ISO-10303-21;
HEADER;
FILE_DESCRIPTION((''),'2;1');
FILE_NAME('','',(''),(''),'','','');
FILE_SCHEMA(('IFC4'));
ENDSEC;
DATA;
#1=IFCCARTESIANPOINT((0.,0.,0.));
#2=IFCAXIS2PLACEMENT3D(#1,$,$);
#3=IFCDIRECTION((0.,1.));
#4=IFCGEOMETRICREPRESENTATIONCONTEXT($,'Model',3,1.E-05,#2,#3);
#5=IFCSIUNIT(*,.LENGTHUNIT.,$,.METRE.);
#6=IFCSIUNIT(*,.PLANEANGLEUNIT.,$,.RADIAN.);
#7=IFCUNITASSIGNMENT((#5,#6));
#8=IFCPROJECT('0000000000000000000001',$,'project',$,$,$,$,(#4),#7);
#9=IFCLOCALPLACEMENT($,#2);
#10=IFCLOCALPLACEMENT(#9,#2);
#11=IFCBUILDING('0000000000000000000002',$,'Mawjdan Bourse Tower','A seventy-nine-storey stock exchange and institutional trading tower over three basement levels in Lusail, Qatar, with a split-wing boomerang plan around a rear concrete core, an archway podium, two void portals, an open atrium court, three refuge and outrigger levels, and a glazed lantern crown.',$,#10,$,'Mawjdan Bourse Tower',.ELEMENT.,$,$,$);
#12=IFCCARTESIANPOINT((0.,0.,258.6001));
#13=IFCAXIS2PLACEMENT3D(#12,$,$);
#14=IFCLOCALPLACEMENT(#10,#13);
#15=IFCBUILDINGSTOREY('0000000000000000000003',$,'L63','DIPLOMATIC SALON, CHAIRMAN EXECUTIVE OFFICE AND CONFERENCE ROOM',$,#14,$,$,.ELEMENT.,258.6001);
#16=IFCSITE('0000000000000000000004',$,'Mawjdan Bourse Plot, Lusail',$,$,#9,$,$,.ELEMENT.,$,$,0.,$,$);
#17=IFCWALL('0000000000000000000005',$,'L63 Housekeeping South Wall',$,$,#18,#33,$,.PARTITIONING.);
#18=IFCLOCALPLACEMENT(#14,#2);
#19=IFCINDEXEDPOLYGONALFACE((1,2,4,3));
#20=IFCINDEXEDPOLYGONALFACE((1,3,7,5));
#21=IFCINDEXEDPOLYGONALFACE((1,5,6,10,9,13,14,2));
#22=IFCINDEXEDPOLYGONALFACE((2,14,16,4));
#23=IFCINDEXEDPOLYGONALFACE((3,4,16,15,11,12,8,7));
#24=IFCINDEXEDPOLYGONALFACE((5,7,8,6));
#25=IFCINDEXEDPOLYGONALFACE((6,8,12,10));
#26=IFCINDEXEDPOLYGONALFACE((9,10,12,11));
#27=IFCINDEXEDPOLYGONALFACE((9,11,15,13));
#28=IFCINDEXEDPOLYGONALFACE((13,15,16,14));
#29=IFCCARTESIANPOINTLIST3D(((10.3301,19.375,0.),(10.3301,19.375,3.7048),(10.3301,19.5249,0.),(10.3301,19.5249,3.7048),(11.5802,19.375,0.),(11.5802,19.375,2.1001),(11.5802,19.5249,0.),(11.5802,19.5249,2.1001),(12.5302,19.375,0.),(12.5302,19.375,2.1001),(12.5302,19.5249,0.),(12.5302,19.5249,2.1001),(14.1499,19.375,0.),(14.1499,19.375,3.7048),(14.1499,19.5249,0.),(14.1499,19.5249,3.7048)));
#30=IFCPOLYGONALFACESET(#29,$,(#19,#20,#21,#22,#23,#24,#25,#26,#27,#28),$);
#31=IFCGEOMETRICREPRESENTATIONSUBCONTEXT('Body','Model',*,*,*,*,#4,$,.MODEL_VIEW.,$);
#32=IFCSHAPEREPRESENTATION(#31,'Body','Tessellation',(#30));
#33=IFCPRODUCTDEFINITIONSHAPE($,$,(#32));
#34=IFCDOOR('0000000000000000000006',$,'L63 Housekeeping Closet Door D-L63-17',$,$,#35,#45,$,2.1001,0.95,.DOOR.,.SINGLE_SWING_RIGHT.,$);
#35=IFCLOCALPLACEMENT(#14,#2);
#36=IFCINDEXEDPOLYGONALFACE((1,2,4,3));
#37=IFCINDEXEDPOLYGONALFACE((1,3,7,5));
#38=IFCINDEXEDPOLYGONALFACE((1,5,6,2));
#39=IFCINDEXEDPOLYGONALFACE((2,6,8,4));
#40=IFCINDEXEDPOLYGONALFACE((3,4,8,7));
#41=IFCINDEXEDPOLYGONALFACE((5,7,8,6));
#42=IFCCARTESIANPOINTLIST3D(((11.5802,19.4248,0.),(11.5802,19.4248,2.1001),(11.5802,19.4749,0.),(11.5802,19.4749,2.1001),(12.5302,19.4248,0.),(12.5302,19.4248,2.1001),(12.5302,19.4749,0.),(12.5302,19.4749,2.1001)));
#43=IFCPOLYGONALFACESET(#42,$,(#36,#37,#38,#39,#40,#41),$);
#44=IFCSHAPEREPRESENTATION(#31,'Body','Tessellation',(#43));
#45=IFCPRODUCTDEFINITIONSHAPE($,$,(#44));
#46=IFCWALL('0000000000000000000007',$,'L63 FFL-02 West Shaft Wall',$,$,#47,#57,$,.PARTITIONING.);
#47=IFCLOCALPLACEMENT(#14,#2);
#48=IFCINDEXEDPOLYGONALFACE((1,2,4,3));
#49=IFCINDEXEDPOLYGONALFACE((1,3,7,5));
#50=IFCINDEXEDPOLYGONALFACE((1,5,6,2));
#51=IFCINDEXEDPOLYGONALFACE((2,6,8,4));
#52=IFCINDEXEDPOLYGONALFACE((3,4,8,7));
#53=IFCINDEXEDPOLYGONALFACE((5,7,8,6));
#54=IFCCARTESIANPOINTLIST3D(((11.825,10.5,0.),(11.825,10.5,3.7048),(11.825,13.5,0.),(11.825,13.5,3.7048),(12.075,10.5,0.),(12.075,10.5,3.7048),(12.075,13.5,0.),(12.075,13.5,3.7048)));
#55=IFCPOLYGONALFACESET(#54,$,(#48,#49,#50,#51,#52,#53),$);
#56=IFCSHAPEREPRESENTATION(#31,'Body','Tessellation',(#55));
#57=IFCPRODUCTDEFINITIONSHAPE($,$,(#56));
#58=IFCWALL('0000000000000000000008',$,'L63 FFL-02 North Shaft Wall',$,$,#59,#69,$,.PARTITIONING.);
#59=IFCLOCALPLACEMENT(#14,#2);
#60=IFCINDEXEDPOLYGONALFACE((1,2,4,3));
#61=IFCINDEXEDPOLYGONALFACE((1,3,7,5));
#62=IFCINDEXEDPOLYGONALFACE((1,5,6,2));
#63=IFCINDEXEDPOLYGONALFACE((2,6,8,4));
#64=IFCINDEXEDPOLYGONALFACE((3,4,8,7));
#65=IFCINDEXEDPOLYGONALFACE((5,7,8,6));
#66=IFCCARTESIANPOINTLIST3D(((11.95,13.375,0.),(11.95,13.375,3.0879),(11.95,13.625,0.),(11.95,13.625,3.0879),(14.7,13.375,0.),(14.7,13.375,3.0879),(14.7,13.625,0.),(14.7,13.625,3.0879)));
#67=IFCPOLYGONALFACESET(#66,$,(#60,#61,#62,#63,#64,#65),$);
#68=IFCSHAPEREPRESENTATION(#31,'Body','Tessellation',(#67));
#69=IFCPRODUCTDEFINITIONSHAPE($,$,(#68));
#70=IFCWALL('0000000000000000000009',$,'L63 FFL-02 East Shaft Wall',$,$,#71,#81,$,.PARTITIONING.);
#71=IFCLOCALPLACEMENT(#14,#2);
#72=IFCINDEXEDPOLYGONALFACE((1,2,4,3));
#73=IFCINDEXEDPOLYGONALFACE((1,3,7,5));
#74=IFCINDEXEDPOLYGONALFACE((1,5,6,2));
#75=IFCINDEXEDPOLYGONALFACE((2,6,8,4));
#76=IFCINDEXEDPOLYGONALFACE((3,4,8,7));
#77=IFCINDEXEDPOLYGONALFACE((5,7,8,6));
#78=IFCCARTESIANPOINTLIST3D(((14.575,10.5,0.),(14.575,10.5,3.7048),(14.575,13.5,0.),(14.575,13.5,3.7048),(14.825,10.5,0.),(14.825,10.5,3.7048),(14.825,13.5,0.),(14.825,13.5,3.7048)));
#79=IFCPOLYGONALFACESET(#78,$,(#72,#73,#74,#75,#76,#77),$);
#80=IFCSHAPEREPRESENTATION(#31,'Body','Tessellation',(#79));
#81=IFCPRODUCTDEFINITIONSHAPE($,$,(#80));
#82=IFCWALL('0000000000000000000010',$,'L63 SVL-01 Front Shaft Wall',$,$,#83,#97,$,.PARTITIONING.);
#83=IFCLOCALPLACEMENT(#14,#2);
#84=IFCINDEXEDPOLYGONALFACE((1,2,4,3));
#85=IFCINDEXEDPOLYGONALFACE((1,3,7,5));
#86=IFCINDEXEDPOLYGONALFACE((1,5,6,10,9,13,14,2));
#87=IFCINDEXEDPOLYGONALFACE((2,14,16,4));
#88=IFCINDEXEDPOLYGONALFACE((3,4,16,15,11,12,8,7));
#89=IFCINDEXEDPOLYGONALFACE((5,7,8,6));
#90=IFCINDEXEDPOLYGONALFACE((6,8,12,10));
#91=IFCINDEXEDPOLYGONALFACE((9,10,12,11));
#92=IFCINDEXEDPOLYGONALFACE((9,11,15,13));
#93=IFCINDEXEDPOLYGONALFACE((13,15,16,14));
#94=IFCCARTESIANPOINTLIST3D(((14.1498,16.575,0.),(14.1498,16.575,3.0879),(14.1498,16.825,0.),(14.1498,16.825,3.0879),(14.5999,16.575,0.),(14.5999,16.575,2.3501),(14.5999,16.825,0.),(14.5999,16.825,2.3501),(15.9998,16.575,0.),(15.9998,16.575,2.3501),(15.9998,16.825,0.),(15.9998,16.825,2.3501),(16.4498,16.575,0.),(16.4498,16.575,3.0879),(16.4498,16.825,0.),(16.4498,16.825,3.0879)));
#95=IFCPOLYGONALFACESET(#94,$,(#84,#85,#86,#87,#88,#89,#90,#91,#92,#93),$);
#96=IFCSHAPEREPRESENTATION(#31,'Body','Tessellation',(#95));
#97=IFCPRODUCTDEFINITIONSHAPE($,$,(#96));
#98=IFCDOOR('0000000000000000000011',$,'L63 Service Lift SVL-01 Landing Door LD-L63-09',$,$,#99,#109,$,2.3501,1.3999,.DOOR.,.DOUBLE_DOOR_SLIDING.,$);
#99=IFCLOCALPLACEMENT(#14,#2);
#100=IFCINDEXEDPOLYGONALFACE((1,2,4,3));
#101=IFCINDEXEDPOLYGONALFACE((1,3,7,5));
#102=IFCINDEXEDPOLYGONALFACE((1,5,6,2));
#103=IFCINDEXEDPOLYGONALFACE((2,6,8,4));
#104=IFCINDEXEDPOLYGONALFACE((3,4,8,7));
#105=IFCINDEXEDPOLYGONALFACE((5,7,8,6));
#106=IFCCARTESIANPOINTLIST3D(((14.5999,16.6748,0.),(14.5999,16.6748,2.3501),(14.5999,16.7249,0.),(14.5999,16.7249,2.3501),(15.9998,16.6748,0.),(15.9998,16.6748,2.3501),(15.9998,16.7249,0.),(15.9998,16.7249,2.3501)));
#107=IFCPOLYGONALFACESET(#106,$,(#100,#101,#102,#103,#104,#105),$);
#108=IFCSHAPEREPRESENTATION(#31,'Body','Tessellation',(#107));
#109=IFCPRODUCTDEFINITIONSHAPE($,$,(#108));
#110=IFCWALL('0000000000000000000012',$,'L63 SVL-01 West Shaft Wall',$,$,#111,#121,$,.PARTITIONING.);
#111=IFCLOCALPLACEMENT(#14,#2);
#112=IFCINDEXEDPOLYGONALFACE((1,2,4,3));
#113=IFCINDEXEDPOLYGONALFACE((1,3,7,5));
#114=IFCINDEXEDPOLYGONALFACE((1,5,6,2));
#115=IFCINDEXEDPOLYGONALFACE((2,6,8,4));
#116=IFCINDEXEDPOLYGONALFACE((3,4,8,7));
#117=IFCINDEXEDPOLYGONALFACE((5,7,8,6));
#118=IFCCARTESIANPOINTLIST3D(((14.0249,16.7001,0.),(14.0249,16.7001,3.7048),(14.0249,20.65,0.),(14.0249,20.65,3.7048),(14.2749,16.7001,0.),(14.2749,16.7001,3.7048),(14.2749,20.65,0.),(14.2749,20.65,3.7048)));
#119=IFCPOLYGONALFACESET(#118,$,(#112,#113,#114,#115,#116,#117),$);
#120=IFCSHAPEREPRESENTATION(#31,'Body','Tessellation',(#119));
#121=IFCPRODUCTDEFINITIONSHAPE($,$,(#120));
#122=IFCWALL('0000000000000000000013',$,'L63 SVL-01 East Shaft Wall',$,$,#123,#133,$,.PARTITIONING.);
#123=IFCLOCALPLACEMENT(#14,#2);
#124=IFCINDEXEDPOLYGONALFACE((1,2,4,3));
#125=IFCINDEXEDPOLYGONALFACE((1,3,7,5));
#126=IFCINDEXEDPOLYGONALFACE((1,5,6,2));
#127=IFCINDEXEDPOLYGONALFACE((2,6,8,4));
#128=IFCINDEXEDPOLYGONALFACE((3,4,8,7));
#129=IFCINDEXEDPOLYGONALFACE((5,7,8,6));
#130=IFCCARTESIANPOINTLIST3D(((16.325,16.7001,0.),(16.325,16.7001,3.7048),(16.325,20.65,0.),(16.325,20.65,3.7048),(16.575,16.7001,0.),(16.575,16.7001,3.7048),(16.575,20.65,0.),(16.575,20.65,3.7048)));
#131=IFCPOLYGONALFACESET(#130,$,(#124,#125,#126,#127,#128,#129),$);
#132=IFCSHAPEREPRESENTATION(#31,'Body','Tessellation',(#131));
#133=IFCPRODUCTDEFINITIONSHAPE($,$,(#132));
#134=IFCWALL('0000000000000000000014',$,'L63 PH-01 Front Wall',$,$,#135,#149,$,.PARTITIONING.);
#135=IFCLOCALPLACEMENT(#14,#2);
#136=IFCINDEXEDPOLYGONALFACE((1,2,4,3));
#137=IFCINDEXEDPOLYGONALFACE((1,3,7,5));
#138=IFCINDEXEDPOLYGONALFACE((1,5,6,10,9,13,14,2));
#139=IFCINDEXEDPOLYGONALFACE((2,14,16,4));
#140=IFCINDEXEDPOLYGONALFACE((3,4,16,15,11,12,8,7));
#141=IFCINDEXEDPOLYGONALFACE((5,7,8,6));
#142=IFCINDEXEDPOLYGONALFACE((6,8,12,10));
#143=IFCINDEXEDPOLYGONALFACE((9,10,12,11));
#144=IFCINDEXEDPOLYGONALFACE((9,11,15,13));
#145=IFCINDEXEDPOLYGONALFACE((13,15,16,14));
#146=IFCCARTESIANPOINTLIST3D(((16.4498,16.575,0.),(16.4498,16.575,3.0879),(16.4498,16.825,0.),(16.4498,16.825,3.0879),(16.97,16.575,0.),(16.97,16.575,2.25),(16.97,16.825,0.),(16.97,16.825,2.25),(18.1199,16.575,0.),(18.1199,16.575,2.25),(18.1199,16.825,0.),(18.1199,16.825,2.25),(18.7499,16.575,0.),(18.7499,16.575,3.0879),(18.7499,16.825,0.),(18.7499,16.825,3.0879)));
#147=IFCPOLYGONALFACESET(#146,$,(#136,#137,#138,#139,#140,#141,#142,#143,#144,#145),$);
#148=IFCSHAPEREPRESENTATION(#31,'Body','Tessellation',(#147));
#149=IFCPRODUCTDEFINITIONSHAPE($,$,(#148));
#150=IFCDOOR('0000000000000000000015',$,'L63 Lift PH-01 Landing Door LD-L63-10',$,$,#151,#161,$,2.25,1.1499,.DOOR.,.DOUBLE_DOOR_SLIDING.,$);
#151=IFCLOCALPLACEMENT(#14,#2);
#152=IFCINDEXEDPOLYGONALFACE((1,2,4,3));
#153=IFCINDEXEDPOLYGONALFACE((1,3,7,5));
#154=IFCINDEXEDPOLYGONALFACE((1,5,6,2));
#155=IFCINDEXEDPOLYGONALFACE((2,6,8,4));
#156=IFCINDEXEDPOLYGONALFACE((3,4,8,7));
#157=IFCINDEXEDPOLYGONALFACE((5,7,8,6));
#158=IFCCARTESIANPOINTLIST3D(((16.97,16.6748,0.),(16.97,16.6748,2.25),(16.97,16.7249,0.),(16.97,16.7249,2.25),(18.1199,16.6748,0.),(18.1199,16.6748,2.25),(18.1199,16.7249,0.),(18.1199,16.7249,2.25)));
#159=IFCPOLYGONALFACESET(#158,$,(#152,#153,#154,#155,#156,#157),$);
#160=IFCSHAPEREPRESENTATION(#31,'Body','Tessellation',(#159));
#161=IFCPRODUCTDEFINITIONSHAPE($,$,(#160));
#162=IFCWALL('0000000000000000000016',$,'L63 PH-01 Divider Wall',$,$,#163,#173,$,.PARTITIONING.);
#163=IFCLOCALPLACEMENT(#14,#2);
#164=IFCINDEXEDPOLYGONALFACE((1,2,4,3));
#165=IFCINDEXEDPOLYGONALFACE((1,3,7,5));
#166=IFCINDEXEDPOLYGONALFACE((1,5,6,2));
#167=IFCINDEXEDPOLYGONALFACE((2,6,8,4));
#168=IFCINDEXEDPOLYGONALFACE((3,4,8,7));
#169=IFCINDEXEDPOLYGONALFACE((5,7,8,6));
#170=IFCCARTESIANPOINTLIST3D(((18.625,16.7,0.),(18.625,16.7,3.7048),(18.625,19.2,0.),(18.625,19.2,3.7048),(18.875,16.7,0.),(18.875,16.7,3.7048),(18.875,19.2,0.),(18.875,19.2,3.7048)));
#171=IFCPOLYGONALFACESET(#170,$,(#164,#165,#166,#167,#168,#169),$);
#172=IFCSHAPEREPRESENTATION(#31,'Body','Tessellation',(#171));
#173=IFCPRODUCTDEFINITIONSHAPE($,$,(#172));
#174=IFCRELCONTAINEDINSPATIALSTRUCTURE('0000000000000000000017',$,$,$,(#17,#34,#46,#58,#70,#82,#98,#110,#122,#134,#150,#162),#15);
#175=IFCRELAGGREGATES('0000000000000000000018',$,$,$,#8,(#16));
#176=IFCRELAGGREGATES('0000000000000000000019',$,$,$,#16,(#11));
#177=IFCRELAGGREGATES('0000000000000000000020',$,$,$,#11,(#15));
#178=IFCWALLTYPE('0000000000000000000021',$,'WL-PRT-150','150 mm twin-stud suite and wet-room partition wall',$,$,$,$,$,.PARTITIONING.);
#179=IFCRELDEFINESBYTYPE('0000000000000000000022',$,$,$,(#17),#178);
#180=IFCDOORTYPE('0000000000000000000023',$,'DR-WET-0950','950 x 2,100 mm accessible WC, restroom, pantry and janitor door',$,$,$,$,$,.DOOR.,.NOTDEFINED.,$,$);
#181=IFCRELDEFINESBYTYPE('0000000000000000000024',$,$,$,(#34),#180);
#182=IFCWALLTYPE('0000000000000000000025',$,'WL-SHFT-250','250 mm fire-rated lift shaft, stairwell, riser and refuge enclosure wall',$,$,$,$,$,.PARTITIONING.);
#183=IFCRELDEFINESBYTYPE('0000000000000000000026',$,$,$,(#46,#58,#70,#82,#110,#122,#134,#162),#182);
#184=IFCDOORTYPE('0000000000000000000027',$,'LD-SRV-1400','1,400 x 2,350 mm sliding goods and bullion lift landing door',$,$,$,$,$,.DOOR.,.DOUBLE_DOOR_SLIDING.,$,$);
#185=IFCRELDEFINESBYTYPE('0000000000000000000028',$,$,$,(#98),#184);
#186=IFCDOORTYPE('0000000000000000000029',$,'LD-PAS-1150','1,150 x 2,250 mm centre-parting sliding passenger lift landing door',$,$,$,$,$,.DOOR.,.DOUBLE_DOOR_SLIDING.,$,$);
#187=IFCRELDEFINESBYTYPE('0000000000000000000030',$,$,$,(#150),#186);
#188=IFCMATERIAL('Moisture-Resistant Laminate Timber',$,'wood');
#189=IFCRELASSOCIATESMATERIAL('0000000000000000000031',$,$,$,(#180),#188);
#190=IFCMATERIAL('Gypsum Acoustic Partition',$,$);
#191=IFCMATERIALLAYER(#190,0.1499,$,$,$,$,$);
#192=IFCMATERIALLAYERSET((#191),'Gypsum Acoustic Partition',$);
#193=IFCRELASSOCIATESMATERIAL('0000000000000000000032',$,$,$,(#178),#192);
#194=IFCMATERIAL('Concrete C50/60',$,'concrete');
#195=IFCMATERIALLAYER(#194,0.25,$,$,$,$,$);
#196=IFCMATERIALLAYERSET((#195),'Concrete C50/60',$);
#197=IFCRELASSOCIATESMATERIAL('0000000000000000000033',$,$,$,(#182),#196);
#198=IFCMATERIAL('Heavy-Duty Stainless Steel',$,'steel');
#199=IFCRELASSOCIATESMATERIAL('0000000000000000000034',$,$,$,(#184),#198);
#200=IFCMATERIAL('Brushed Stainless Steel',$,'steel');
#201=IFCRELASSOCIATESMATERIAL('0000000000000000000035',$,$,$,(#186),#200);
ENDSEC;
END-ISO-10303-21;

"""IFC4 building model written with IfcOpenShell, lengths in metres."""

from ifc_helpers import new_model, si_unit, direction, frame, frame_2d, origin, place, context, subcontext, project, spatial, rectangle, extrude, material, layer, layer_set, type_object, element, fill, save


model = new_model("IFC4")

# Units and contexts
model_context = context("Model", 3, precision=1e-05, world=origin(), true_north=direction((0.0, 1.0)))
body_context = subcontext(model_context, "Body", "Model", "MODEL_VIEW")
ifc_project = project(units=[si_unit("LENGTHUNIT", "METRE"), si_unit("PLANEANGLEUNIT", "RADIAN")], contexts=[model_context])

# Site, building, storey
site_placement = place(None, origin())
site = spatial("IfcSite", under=ifc_project, at=site_placement, Name="Mawjdan Bourse Plot, Lusail", CompositionType="ELEMENT", RefElevation=0.0)
building_placement = place(site_placement, origin())
building = spatial("IfcBuilding", under=site, at=building_placement, Name="Mawjdan Bourse Tower", Description="A seventy-nine-storey stock exchange and institutional trading tower over three basement levels in Lusail, Qatar, with a split-wing boomerang plan around a rear concrete core, an archway podium, two void portals, an open atrium court, three refuge and outrigger levels, and a glazed lantern crown.", LongName="Mawjdan Bourse Tower", CompositionType="ELEMENT")
storey_placement = place(building_placement, frame((0.0, 0.0, 258.6001)))
storey = spatial("IfcBuildingStorey", under=building, at=storey_placement, Name="L63", Description="DIPLOMATIC SALON, CHAIRMAN EXECUTIVE OFFICE AND CONFERENCE ROOM", CompositionType="ELEMENT", Elevation=258.6001)

# Wall, opening, door
ifc_material_1 = material(Name="Moisture-Resistant Laminate Timber", Category="wood")
door_type_1 = type_object("IfcDoorType", Name="DR-WET-0950", Description="950 x 2,100 mm accessible WC, restroom, pantry and janitor door", OperationType="NOTDEFINED", PredefinedType="DOOR", material=ifc_material_1)
ifc_material_2 = material(Name="Gypsum Acoustic Partition")
ifc_layer_1 = layer(ifc_material_2, 0.1499)
ifc_layer_set_1 = layer_set([ifc_layer_1], Name="Gypsum Acoustic Partition")
wall_type_1 = type_object("IfcWallType", Name="WL-PRT-150", Description="150 mm twin-stud suite and wet-room partition wall", PredefinedType="PARTITIONING", material=ifc_layer_set_1)
wall_1_placement = place(storey_placement, frame((10.3301, 19.45, 0.0), z_axis=(0.0, 0.0, 1.0), x_axis=(1.0, 0.0, 0.0)))
wall_1 = element("IfcWall", 1, at=wall_1_placement, inside=storey, type_object=wall_type_1, Name="L63 Housekeeping South Wall", PredefinedType="PARTITIONING", context=body_context, shape_type="SweptSolid", body=[
    extrude(rectangle(XDim=3.8198, YDim=0.1499, at=frame_2d((1.9099, 0.0))), origin(), (0.0, 0.0, 1.0), 3.7048),
])
opening_1_placement = place(wall_1_placement, frame((1.25, 0.0, 0.0)))
opening_1 = element("IfcOpeningElement", 2, at=opening_1_placement, cuts=wall_1, PredefinedType="OPENING", context=body_context, shape_type="SweptSolid", body=[
    extrude(rectangle(XDim=0.95, YDim=2.1001, at=frame_2d((0.4751, 1.05))), frame((0.0, 0.085, 0.0), z_axis=(0.0, -1.0, 0.0), x_axis=(1.0, 0.0, 0.0)), (0.0, 0.0, 1.0), 0.1699),
])
door_1_placement = place(opening_1_placement, origin())
door_1 = element("IfcDoor", 3, at=door_1_placement, inside=storey, type_object=door_type_1, Name="L63 Housekeeping Closet Door D-L63-17", OperationType="SINGLE_SWING_RIGHT", OverallHeight=2.1001, OverallWidth=0.95, PredefinedType="DOOR", context=body_context, shape_type="SweptSolid", body=[
    extrude(rectangle(XDim=0.95, YDim=2.1001, at=frame_2d((0.4751, 1.05))), frame((0.0, 0.0249, 0.0), z_axis=(0.0, -1.0, 0.0), x_axis=(1.0, 0.0, 0.0)), (0.0, 0.0, 1.0), 0.05),
])
fill(opening_1, door_1)

# Walls
ifc_material_3 = material(Name="Concrete C50/60", Category="concrete")
ifc_layer_2 = layer(ifc_material_3, 0.25)
ifc_layer_set_2 = layer_set([ifc_layer_2], Name="Concrete C50/60")
wall_type_2 = type_object("IfcWallType", Name="WL-SHFT-250", Description="250 mm fire-rated lift shaft, stairwell, riser and refuge enclosure wall", PredefinedType="PARTITIONING", material=ifc_layer_set_2)
wall_2_placement = place(storey_placement, frame((11.95, 10.5, 0.0), z_axis=(0.0, 0.0, 1.0), x_axis=(0.0, 1.0, 0.0)))
element("IfcWall", 4, at=wall_2_placement, inside=storey, type_object=wall_type_2, Name="L63 FFL-02 West Shaft Wall", PredefinedType="PARTITIONING", context=body_context, shape_type="SweptSolid", body=[
    extrude(rectangle(XDim=3.0, YDim=0.25, at=frame_2d((1.5, 0.0))), origin(), (0.0, 0.0, 1.0), 3.7048),
])
wall_3_placement = place(storey_placement, frame((11.95, 13.5, 0.0), z_axis=(0.0, 0.0, 1.0), x_axis=(1.0, 0.0, 0.0)))
element("IfcWall", 5, at=wall_3_placement, inside=storey, type_object=wall_type_2, Name="L63 FFL-02 North Shaft Wall", PredefinedType="PARTITIONING", context=body_context, shape_type="SweptSolid", body=[
    extrude(rectangle(XDim=2.75, YDim=0.25, at=frame_2d((1.375, 0.0))), origin(), (0.0, 0.0, 1.0), 3.0879),
])
wall_4_placement = place(storey_placement, frame((14.7, 10.5, 0.0), z_axis=(0.0, 0.0, 1.0), x_axis=(0.0, 1.0, 0.0)))
element("IfcWall", 6, at=wall_4_placement, inside=storey, type_object=wall_type_2, Name="L63 FFL-02 East Shaft Wall", PredefinedType="PARTITIONING", context=body_context, shape_type="SweptSolid", body=[
    extrude(rectangle(XDim=3.0, YDim=0.25, at=frame_2d((1.5, 0.0))), origin(), (0.0, 0.0, 1.0), 3.7048),
])

# Wall, opening, door
wall_5_placement = place(storey_placement, frame((14.1499, 16.7, 0.0), z_axis=(0.0, 0.0, 1.0), x_axis=(1.0, 0.0, 0.0)))
wall_5 = element("IfcWall", 7, at=wall_5_placement, inside=storey, type_object=wall_type_2, Name="L63 SVL-01 Front Shaft Wall", PredefinedType="PARTITIONING", context=body_context, shape_type="SweptSolid", body=[
    extrude(rectangle(XDim=2.3, YDim=0.25, at=frame_2d((1.1499, 0.0))), origin(), (0.0, 0.0, 1.0), 3.0879),
])
opening_2_placement = place(wall_5_placement, frame((0.45, 0.0, 0.0)))
opening_2 = element("IfcOpeningElement", 8, at=opening_2_placement, cuts=wall_5, PredefinedType="OPENING", context=body_context, shape_type="SweptSolid", body=[
    extrude(rectangle(XDim=1.3999, YDim=2.3501, at=frame_2d((0.7, 1.175))), frame((0.0, 0.135, 0.0), z_axis=(0.0, -1.0, 0.0), x_axis=(1.0, 0.0, 0.0)), (0.0, 0.0, 1.0), 0.27),
])
ifc_material_4 = material(Name="Heavy-Duty Stainless Steel", Category="steel")
door_type_2 = type_object("IfcDoorType", Name="LD-SRV-1400", Description="1,400 x 2,350 mm sliding goods and bullion lift landing door", OperationType="DOUBLE_DOOR_SLIDING", PredefinedType="DOOR", material=ifc_material_4)
door_2_placement = place(opening_2_placement, origin())
door_2 = element("IfcDoor", 9, at=door_2_placement, inside=storey, type_object=door_type_2, Name="L63 Service Lift SVL-01 Landing Door LD-L63-09", OperationType="DOUBLE_DOOR_SLIDING", OverallHeight=2.3501, OverallWidth=1.3999, PredefinedType="DOOR", context=body_context, shape_type="SweptSolid", body=[
    extrude(rectangle(XDim=1.3999, YDim=2.3501, at=frame_2d((0.7, 1.175))), frame((0.0, 0.0249, 0.0), z_axis=(0.0, -1.0, 0.0), x_axis=(1.0, 0.0, 0.0)), (0.0, 0.0, 1.0), 0.05),
])
fill(opening_2, door_2)

# Walls
for number, where, z_axis, x_axis, name in (
    (10, (14.1499, 16.7, 0.0), (0.0, 0.0, 1.0), (0.0, 1.0, 0.0), "L63 SVL-01 West Shaft Wall"),
    (11, (16.45, 16.7, 0.0), (0.0, 0.0, 1.0), (0.0, 1.0, 0.0), "L63 SVL-01 East Shaft Wall"),
):
    element("IfcWall", number, at=place(storey_placement, frame(where, z_axis=z_axis, x_axis=x_axis)), inside=storey, type_object=wall_type_2, Name=name, PredefinedType="PARTITIONING", context=body_context, shape_type="SweptSolid", body=[
        extrude(rectangle(XDim=3.95, YDim=0.25, at=frame_2d((1.9751, 0.0))), origin(), (0.0, 0.0, 1.0), 3.7048),
    ])

# Wall, opening, door
wall_6_placement = place(storey_placement, frame((16.45, 16.7, 0.0), z_axis=(0.0, 0.0, 1.0), x_axis=(1.0, 0.0, 0.0)))
wall_6 = element("IfcWall", 12, at=wall_6_placement, inside=storey, type_object=wall_type_2, Name="L63 PH-01 Front Wall", PredefinedType="PARTITIONING", context=body_context, shape_type="SweptSolid", body=[
    extrude(rectangle(XDim=2.3, YDim=0.25, at=frame_2d((1.1499, 0.0))), origin(), (0.0, 0.0, 1.0), 3.0879),
])
opening_3_placement = place(wall_6_placement, frame((0.52, 0.0, 0.0)))
opening_3 = element("IfcOpeningElement", 13, at=opening_3_placement, cuts=wall_6, PredefinedType="OPENING", context=body_context, shape_type="SweptSolid", body=[
    extrude(rectangle(XDim=1.1499, YDim=2.25, at=frame_2d((0.575, 1.125))), frame((0.0, 0.135, 0.0), z_axis=(0.0, -1.0, 0.0), x_axis=(1.0, 0.0, 0.0)), (0.0, 0.0, 1.0), 0.27),
])
ifc_material_5 = material(Name="Brushed Stainless Steel", Category="steel")
door_type_3 = type_object("IfcDoorType", Name="LD-PAS-1150", Description="1,150 x 2,250 mm centre-parting sliding passenger lift landing door", OperationType="DOUBLE_DOOR_SLIDING", PredefinedType="DOOR", material=ifc_material_5)
door_3_placement = place(opening_3_placement, origin())
door_3 = element("IfcDoor", 14, at=door_3_placement, inside=storey, type_object=door_type_3, Name="L63 Lift PH-01 Landing Door LD-L63-10", OperationType="DOUBLE_DOOR_SLIDING", OverallHeight=2.25, OverallWidth=1.1499, PredefinedType="DOOR", context=body_context, shape_type="SweptSolid", body=[
    extrude(rectangle(XDim=1.1499, YDim=2.25, at=frame_2d((0.575, 1.125))), frame((0.0, 0.0249, 0.0), z_axis=(0.0, -1.0, 0.0), x_axis=(1.0, 0.0, 0.0)), (0.0, 0.0, 1.0), 0.05),
])
fill(opening_3, door_3)

# Wall
wall_7_placement = place(storey_placement, frame((18.75, 16.7, 0.0), z_axis=(0.0, 0.0, 1.0), x_axis=(0.0, 1.0, 0.0)))
element("IfcWall", 15, at=wall_7_placement, inside=storey, type_object=wall_type_2, Name="L63 PH-01 Divider Wall", PredefinedType="PARTITIONING", context=body_context, shape_type="SweptSolid", body=[
    extrude(rectangle(XDim=2.5, YDim=0.25, at=frame_2d((1.25, 0.0))), origin(), (0.0, 0.0, 1.0), 3.7048),
])

save(model, "model.ifc")
